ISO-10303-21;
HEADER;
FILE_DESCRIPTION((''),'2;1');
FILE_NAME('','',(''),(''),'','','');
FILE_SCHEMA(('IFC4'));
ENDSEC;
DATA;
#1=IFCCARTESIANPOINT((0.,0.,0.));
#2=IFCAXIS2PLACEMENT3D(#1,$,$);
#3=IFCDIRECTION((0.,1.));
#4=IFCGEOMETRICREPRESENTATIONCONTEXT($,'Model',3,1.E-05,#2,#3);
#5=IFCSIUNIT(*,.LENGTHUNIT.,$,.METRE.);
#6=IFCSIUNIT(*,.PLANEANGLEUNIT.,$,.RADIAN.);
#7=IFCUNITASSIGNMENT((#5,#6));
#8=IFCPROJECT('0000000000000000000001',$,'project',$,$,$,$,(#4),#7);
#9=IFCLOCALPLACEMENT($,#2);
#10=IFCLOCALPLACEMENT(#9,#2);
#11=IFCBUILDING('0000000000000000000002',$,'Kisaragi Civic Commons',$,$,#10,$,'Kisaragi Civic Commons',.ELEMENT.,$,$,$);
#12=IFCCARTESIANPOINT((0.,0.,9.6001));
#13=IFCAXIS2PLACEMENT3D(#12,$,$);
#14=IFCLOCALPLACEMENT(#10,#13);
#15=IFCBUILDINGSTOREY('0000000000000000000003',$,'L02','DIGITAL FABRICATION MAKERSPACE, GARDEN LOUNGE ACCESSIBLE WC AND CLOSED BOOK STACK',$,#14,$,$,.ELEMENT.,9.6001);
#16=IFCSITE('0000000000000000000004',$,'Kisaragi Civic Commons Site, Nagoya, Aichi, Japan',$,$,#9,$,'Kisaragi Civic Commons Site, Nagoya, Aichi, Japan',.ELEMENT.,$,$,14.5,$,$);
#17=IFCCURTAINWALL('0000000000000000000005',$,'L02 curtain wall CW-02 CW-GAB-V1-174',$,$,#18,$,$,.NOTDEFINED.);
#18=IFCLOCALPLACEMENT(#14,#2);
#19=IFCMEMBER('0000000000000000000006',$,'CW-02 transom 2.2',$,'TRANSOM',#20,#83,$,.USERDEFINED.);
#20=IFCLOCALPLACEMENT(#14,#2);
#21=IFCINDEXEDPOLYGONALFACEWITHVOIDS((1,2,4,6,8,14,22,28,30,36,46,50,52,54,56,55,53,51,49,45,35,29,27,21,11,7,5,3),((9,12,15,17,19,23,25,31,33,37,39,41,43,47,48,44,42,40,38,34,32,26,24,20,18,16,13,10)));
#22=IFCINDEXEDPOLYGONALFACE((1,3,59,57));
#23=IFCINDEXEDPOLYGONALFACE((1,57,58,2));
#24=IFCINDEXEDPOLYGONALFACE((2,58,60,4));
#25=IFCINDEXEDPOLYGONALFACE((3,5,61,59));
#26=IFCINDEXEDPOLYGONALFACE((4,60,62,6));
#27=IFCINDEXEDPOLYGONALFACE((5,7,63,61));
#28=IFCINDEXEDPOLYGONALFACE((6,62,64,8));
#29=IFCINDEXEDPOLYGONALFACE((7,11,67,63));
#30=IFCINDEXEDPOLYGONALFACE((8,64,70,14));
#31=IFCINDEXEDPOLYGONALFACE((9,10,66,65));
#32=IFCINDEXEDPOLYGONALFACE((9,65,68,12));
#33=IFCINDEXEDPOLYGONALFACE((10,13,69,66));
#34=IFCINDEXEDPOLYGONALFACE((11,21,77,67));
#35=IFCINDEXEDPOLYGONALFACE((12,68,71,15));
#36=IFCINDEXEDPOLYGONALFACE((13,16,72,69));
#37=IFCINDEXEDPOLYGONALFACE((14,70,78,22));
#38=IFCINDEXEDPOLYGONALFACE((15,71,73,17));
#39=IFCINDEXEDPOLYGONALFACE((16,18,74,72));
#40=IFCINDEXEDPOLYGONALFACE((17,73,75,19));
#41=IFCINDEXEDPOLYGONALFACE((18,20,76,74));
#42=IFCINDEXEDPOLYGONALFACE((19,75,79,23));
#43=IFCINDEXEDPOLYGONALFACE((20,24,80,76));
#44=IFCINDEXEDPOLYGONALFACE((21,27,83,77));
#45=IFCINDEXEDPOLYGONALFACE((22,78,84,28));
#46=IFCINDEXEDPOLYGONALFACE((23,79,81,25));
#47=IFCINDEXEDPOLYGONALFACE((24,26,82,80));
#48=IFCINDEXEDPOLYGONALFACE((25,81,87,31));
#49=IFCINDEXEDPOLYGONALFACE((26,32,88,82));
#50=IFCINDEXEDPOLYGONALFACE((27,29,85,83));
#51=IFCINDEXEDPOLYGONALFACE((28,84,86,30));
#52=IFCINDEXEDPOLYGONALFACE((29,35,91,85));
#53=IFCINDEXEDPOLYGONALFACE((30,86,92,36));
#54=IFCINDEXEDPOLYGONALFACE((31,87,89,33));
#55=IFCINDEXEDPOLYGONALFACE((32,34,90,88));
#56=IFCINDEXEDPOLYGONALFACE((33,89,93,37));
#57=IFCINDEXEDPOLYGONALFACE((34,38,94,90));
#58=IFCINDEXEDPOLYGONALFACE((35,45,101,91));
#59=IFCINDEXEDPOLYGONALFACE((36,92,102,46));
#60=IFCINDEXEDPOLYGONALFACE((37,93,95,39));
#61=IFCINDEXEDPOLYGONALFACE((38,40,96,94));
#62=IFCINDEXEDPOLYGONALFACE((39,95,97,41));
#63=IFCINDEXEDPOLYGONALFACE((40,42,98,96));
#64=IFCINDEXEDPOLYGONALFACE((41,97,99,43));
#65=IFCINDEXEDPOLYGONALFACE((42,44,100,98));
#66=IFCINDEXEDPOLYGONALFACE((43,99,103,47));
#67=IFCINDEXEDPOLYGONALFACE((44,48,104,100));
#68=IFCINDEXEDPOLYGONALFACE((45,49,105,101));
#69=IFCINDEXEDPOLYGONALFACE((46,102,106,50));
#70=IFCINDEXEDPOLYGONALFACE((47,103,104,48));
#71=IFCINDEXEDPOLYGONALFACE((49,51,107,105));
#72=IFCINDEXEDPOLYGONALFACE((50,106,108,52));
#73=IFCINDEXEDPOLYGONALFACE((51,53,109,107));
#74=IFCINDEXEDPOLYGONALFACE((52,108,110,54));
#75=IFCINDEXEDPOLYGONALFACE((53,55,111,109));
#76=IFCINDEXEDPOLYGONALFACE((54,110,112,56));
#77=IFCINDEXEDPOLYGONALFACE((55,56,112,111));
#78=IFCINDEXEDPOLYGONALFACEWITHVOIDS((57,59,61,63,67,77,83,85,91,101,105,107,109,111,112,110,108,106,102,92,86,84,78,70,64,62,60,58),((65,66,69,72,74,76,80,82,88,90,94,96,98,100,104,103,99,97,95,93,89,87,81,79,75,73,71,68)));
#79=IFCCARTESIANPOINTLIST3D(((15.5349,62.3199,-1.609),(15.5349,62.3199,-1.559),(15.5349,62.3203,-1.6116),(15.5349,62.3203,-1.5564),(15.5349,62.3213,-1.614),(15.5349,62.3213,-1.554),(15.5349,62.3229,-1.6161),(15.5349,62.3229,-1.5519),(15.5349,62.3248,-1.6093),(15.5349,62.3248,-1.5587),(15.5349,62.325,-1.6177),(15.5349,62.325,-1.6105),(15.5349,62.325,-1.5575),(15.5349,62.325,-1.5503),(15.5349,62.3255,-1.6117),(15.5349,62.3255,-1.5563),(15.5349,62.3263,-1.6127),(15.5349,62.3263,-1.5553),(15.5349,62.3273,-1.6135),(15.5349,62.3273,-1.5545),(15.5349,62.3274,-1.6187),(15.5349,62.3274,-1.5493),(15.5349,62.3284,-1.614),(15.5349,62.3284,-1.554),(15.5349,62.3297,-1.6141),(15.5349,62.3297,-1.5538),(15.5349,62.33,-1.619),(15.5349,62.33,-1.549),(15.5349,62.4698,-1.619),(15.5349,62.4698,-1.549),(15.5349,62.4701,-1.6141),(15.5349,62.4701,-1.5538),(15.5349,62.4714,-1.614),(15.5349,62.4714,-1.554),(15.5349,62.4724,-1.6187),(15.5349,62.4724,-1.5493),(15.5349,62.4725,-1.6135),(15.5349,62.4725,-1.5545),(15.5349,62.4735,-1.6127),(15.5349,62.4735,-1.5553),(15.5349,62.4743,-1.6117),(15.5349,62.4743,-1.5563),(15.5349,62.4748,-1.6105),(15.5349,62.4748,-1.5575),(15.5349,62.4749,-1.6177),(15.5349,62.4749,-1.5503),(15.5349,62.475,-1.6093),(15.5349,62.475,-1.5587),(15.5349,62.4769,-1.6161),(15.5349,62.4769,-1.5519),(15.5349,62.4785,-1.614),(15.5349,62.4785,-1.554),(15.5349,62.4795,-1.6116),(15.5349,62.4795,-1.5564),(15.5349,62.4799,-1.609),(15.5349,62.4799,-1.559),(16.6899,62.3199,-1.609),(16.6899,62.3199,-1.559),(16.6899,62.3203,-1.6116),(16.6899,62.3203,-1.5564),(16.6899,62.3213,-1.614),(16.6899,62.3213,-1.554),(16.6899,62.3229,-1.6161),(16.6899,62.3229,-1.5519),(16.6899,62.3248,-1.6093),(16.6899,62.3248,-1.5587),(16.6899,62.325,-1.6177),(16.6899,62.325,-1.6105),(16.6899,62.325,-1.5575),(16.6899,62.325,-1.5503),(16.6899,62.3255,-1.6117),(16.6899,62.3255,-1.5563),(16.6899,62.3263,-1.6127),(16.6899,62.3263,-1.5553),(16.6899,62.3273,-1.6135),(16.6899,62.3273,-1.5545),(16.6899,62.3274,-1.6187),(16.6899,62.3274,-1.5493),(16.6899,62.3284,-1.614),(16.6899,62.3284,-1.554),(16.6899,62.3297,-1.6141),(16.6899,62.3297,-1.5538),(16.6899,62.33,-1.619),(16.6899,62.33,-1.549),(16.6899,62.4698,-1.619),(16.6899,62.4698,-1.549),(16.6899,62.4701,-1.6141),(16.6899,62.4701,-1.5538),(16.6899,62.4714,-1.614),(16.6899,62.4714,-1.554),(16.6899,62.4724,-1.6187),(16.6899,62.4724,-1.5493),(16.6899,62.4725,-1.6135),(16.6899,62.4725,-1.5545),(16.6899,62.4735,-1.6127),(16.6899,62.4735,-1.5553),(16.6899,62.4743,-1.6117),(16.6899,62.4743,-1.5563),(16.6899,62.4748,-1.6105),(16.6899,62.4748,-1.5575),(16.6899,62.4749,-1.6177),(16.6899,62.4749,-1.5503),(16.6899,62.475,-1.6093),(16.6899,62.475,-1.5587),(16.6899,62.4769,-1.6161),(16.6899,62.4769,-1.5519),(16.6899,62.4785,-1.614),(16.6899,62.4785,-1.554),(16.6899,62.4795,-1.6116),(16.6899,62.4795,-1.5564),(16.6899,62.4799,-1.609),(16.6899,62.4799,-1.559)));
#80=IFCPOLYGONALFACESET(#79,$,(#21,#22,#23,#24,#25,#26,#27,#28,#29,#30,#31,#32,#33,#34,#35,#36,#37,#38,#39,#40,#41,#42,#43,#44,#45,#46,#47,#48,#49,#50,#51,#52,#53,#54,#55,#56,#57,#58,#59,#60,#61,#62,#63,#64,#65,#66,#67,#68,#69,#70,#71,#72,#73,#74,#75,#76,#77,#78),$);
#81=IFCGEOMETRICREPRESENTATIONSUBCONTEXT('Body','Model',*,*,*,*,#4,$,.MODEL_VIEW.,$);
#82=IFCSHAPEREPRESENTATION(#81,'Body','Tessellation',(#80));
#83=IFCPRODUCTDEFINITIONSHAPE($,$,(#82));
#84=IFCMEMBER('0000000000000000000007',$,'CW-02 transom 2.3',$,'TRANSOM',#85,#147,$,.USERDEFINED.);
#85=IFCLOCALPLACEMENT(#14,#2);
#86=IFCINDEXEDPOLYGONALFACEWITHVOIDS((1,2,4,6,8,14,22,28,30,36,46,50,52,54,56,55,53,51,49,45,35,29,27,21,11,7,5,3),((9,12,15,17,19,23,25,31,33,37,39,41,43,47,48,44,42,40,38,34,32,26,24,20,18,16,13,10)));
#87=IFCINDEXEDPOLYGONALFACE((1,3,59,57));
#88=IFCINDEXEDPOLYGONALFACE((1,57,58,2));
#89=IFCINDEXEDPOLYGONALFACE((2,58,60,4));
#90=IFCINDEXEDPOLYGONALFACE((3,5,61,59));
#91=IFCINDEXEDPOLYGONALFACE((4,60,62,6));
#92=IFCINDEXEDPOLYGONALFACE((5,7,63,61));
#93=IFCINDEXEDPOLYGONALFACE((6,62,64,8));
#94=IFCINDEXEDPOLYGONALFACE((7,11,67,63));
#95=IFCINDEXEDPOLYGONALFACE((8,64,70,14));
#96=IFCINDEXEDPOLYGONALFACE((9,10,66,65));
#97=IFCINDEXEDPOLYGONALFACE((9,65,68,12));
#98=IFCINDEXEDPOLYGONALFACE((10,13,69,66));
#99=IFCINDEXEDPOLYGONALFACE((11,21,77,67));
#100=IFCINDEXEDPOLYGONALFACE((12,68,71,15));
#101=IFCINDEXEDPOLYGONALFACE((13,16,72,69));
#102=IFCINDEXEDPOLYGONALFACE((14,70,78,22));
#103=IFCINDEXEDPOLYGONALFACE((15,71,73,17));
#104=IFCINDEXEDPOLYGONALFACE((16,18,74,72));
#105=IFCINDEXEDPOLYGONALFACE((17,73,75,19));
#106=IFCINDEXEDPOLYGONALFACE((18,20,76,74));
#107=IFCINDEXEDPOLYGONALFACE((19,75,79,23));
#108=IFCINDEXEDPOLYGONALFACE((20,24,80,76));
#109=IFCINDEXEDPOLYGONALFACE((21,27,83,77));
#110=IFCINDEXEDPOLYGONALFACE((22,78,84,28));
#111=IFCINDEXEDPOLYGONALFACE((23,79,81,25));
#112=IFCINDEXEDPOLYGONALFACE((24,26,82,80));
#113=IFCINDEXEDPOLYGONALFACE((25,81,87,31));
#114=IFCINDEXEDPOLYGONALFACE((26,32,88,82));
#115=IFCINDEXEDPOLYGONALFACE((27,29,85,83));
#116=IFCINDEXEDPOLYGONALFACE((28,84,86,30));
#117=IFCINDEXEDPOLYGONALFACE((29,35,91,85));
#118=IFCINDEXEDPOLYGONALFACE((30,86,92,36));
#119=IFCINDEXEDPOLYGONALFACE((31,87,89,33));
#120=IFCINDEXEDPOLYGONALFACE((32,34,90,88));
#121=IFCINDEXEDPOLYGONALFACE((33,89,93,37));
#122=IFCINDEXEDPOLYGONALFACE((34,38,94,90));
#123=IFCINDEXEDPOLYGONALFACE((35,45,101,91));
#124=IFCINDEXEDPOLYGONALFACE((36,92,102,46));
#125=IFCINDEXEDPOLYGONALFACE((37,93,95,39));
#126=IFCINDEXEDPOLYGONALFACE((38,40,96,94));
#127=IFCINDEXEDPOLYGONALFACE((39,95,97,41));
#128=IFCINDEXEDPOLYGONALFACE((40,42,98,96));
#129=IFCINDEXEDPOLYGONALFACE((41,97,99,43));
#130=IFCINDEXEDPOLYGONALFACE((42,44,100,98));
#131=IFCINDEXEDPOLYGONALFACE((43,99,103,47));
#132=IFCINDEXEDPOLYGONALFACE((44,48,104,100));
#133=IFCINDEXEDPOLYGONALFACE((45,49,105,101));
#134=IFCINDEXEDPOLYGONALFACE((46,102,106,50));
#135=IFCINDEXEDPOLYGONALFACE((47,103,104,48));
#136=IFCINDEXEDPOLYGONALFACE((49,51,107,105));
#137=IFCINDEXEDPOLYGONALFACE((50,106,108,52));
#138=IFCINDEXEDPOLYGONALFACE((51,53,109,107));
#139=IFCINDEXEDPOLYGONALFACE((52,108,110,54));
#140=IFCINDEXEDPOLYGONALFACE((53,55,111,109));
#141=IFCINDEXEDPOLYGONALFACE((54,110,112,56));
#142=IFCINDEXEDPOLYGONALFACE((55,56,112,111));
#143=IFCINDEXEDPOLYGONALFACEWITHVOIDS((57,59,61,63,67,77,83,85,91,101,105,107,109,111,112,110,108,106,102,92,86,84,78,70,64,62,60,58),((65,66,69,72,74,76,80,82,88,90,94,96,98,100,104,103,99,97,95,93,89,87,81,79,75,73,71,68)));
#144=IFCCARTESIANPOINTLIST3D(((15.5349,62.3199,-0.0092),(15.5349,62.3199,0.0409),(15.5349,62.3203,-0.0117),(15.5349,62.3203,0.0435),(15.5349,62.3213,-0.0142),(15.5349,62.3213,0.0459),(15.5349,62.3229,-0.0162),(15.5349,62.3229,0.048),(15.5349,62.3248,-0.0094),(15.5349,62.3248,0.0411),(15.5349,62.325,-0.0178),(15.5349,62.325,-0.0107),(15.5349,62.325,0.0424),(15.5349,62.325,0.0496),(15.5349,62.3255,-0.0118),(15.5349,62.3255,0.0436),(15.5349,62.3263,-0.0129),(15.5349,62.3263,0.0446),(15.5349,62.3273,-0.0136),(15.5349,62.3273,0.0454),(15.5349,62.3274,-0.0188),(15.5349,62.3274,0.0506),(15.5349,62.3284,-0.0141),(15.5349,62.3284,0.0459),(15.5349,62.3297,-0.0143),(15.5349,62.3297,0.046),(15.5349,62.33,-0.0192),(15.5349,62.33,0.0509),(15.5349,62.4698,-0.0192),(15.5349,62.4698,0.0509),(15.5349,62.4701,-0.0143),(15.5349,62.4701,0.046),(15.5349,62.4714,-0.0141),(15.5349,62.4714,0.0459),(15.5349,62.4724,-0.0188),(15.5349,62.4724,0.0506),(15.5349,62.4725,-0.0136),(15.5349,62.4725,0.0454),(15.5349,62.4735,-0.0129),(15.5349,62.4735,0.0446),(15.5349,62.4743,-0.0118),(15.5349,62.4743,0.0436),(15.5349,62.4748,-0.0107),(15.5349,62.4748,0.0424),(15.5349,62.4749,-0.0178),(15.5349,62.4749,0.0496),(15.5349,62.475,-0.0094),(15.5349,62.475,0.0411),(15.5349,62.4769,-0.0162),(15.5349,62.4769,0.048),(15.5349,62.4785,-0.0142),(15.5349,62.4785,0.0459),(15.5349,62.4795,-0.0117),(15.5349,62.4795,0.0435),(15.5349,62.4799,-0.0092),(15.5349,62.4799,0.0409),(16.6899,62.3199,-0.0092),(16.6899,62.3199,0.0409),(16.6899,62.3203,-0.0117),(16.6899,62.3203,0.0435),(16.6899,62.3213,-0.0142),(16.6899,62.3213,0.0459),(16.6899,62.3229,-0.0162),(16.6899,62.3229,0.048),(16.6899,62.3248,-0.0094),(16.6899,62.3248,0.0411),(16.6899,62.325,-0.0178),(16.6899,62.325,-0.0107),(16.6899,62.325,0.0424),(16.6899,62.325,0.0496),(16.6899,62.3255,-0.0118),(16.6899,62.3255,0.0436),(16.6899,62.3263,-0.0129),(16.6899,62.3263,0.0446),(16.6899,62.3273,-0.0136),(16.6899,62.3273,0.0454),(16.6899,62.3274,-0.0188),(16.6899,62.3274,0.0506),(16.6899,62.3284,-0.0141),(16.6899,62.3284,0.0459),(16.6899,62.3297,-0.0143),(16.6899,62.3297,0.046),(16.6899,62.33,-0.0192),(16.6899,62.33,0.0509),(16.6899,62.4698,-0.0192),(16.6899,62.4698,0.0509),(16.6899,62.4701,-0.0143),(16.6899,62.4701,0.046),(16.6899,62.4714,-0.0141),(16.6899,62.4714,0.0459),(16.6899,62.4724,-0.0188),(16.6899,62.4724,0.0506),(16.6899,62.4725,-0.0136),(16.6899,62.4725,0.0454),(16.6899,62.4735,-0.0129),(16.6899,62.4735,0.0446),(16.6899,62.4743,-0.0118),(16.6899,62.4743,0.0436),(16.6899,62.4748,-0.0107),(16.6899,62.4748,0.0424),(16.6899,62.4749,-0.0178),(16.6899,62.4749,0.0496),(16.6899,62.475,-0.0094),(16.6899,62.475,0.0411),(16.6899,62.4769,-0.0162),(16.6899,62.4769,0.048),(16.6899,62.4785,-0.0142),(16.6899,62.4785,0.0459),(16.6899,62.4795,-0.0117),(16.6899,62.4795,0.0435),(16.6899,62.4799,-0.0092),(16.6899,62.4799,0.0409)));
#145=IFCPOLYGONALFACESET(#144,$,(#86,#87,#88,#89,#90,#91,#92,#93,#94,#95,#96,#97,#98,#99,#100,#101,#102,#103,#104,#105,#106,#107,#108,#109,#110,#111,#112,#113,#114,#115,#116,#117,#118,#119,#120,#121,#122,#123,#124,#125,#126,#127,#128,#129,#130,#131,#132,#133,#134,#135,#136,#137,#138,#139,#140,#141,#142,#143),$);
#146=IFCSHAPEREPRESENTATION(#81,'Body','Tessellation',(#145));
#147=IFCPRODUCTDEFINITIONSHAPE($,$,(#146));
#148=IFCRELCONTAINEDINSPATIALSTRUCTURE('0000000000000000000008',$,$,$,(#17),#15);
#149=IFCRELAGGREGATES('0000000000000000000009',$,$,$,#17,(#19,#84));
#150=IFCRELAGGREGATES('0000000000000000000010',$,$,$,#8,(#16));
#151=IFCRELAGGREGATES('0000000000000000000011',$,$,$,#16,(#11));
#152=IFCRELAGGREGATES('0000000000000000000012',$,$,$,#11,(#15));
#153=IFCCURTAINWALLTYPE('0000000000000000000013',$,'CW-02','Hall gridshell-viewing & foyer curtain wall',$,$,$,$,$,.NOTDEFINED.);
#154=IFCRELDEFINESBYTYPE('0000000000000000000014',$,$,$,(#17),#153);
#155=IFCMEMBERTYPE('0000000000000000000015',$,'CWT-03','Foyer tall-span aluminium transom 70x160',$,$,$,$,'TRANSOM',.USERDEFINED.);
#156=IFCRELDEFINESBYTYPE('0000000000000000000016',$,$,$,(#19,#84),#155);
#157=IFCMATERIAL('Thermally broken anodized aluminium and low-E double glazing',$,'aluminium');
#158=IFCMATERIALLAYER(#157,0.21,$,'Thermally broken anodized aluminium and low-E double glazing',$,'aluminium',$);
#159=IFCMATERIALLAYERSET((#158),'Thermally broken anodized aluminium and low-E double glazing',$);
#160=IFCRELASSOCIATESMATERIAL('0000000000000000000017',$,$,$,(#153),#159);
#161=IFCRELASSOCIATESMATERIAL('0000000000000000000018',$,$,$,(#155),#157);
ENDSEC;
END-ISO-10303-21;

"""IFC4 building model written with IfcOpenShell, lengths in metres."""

from ifc_helpers import new_model, si_unit, direction, frame, origin, origin_2d, place, context, subcontext, project, spatial, hollow_rectangle, extrude, material, layer, layer_set, material_profile, profile_set, type_object, element, aggregate, save


model = new_model("IFC4")

# Units and contexts
model_context = context("Model", 3, precision=1e-05, world=origin(), true_north=direction((0.0, 1.0)))
body_context = subcontext(model_context, "Body", "Model", "MODEL_VIEW")
ifc_project = project(units=[si_unit("LENGTHUNIT", "METRE"), si_unit("PLANEANGLEUNIT", "RADIAN")], contexts=[model_context])

# Site, building, storey
site_placement = place(None, origin())
site = spatial("IfcSite", under=ifc_project, at=site_placement, Name="Kisaragi Civic Commons Site, Nagoya, Aichi, Japan", LongName="Kisaragi Civic Commons Site, Nagoya, Aichi, Japan", CompositionType="ELEMENT", RefElevation=14.5)
building_placement = place(site_placement, origin())
building = spatial("IfcBuilding", under=site, at=building_placement, Name="Kisaragi Civic Commons", LongName="Kisaragi Civic Commons", CompositionType="ELEMENT")
storey_placement = place(building_placement, frame((0.0, 0.0, 9.6001)))
storey = spatial("IfcBuildingStorey", under=building, at=storey_placement, Name="L02", Description="DIGITAL FABRICATION MAKERSPACE, GARDEN LOUNGE ACCESSIBLE WC AND CLOSED BOOK STACK", CompositionType="ELEMENT", Elevation=9.6001)

# Curtain wall, members
ifc_material_1 = material(Name="Thermally broken anodized aluminium and low-E double glazing", Category="aluminium")
ifc_layer_1 = layer(ifc_material_1, 0.21, Name="Thermally broken anodized aluminium and low-E double glazing", Category="aluminium")
ifc_layer_set_1 = layer_set([ifc_layer_1], Name="Thermally broken anodized aluminium and low-E double glazing")
curtain_wall_type = type_object("IfcCurtainWallType", Name="CW-02", Description="Hall gridshell-viewing & foyer curtain wall", PredefinedType="NOTDEFINED", material=ifc_layer_set_1)
curtain_wall_placement = place(storey_placement, origin())
curtain_wall = element("IfcCurtainWall", 1, at=curtain_wall_placement, inside=storey, type_object=curtain_wall_type, Name="L02 curtain wall CW-02 CW-GAB-V1-174", PredefinedType="NOTDEFINED")
ifc_material_profile_1 = material_profile(ifc_material_1, hollow_rectangle(XDim=0.1599, YDim=0.0701, WallThickness=0.0049, InnerFilletRadius=0.0049, OuterFilletRadius=0.01, at=origin_2d()), Name="CWT-70x160x5", Category="aluminium")
ifc_profile_set_1 = profile_set([ifc_material_profile_1], Name="Thermally broken anodized aluminium and low-E double glazing")
member_type_1 = type_object("IfcMemberType", Name="CWT-03", Description="Foyer tall-span aluminium transom 70x160", ElementType="TRANSOM", PredefinedType="USERDEFINED", material=ifc_profile_set_1)
member_1_placement = place(storey_placement, frame((15.5349, 62.3999, -1.584), z_axis=(1.0, 0.0, 0.0), x_axis=(0.0, 1.0, 0.0)))
member_1 = element("IfcMember", 2, at=member_1_placement, type_object=member_type_1, Name="CW-02 transom 2.2", ObjectType="TRANSOM", PredefinedType="USERDEFINED", context=body_context, shape_type="SweptSolid", body=[
    extrude(hollow_rectangle(XDim=0.1599, YDim=0.0701, WallThickness=0.0049, InnerFilletRadius=0.0049, OuterFilletRadius=0.01, at=origin_2d()), origin(), (0.0, 0.0, 1.0), 1.155),
])
member_2_placement = place(storey_placement, frame((15.5349, 62.3999, 0.0159), z_axis=(1.0, 0.0, 0.0), x_axis=(0.0, 1.0, 0.0)))
member_2 = element("IfcMember", 3, at=member_2_placement, type_object=member_type_1, Name="CW-02 transom 2.3", ObjectType="TRANSOM", PredefinedType="USERDEFINED", context=body_context, shape_type="SweptSolid", body=[
    extrude(hollow_rectangle(XDim=0.1599, YDim=0.0701, WallThickness=0.0049, InnerFilletRadius=0.0049, OuterFilletRadius=0.01, at=origin_2d()), origin(), (0.0, 0.0, 1.0), 1.155),
])

aggregate(curtain_wall, [member_1, member_2])

save(model, "model.ifc")
